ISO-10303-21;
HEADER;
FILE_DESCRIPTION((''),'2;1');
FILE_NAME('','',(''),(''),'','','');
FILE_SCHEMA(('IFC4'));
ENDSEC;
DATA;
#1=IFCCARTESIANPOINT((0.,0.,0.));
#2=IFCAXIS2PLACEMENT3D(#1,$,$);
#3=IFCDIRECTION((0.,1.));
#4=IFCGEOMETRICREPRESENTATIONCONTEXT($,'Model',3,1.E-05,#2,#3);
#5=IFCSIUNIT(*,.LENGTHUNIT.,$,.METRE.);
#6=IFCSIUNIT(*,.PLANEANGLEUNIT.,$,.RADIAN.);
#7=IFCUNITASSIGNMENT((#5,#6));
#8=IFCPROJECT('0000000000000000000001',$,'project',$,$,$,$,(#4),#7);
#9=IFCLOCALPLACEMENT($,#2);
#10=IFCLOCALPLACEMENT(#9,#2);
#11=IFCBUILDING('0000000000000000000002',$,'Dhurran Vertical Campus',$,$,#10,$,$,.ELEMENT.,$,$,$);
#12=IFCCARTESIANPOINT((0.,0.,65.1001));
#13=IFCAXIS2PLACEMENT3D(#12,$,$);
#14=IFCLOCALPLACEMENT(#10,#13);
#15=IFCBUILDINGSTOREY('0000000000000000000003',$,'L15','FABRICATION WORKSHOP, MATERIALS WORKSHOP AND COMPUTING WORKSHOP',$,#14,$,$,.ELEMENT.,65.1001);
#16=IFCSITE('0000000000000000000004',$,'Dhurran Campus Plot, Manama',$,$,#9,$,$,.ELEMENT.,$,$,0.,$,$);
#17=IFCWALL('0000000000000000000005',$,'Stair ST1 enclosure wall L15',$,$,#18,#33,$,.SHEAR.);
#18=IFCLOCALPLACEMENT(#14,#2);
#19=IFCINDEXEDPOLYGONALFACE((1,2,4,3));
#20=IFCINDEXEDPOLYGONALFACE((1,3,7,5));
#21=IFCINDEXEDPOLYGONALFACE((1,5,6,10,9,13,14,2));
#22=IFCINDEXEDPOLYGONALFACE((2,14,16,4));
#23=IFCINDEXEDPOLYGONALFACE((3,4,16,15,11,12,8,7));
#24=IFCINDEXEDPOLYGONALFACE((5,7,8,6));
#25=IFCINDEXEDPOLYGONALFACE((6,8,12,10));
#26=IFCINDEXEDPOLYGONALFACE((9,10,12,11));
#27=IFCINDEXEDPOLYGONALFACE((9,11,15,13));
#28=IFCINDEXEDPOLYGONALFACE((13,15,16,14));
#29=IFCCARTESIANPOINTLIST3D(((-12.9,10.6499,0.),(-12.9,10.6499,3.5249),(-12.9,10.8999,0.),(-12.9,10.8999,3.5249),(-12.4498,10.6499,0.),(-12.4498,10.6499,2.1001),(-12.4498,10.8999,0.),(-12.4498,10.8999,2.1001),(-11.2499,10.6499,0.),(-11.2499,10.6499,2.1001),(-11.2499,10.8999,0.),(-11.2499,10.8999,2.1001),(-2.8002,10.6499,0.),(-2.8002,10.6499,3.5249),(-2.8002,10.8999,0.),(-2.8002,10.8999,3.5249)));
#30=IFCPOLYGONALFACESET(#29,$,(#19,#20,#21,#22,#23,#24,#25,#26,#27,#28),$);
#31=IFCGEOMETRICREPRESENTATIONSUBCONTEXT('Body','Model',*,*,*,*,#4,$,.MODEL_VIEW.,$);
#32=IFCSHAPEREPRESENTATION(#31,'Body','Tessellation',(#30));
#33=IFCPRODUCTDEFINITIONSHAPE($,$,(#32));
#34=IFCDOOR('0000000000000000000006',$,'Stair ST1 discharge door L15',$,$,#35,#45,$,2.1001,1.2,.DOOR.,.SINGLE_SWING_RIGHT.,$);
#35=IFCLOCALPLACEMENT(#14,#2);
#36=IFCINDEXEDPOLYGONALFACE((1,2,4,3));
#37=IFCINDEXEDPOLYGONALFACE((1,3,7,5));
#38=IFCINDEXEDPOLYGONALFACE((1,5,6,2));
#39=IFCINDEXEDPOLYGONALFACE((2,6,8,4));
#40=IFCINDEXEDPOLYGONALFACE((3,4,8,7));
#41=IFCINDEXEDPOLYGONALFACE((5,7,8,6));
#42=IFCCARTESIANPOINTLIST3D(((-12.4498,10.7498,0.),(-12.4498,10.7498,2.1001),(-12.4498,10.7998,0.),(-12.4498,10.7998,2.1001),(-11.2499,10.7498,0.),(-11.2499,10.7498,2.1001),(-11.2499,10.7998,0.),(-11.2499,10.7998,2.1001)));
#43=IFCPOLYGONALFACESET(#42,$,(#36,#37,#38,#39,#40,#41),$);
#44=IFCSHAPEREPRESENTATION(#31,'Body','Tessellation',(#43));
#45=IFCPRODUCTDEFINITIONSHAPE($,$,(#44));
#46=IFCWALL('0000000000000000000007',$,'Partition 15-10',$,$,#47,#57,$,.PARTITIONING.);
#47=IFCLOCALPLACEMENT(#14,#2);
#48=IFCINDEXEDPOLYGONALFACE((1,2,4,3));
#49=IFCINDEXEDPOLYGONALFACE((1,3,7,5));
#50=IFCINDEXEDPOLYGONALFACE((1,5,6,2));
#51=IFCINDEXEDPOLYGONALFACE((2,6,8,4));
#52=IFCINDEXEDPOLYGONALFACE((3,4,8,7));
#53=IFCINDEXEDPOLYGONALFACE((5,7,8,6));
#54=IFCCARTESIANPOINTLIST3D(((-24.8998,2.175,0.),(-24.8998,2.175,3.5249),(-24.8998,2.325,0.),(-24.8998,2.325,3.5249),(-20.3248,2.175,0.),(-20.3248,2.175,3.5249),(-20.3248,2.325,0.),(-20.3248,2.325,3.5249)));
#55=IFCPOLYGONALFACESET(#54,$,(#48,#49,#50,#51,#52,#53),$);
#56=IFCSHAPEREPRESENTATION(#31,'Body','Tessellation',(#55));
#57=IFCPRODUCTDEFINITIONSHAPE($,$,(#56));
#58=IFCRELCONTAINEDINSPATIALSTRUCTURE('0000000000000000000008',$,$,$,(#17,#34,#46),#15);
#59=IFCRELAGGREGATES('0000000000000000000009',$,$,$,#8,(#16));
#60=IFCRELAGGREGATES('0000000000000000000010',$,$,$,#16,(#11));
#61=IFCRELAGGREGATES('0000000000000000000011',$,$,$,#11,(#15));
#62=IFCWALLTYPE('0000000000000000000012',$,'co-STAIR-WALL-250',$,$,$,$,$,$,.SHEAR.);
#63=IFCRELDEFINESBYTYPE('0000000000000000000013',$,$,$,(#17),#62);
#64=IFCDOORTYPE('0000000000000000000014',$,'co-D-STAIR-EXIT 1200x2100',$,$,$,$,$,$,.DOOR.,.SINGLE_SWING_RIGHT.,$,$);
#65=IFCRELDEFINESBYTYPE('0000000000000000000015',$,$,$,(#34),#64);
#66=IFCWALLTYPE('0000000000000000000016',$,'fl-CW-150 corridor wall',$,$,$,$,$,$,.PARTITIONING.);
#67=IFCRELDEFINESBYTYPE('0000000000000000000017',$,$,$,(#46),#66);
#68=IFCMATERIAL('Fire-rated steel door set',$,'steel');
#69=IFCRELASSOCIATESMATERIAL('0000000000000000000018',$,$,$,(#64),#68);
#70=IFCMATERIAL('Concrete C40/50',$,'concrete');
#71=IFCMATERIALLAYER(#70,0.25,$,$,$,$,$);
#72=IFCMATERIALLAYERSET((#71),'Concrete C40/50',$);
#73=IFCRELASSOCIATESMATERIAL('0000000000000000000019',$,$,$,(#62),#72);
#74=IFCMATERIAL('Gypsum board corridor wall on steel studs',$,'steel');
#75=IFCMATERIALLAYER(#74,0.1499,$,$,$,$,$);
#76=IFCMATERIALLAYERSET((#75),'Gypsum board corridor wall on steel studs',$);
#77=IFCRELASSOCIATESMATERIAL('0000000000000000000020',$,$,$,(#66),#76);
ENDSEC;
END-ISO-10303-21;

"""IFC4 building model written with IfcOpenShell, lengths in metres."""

from ifc_helpers import new_model, si_unit, direction, frame, frame_2d, origin, place, context, subcontext, project, spatial, rectangle, extrude, material, layer, layer_set, type_object, element, fill, save


model = new_model("IFC4")

# Units and contexts
model_context = context("Model", 3, precision=1e-05, world=origin(), true_north=direction((0.0, 1.0)))
body_context = subcontext(model_context, "Body", "Model", "MODEL_VIEW")
ifc_project = project(units=[si_unit("LENGTHUNIT", "METRE"), si_unit("PLANEANGLEUNIT", "RADIAN")], contexts=[model_context])

# Site, building, storey
site_placement = place(None, origin())
site = spatial("IfcSite", under=ifc_project, at=site_placement, Name="Dhurran Campus Plot, Manama", CompositionType="ELEMENT", RefElevation=0.0)
building_placement = place(site_placement, origin())
building = spatial("IfcBuilding", under=site, at=building_placement, Name="Dhurran Vertical Campus", CompositionType="ELEMENT")
storey_placement = place(building_placement, frame((0.0, 0.0, 65.1001)))
storey = spatial("IfcBuildingStorey", under=building, at=storey_placement, Name="L15", Description="FABRICATION WORKSHOP, MATERIALS WORKSHOP AND COMPUTING WORKSHOP", CompositionType="ELEMENT", Elevation=65.1001)

# Shared definitions
ifc_material_1 = material(Name="Fire-rated steel door set", Category="steel")
door_type_1 = type_object("IfcDoorType", Name="co-D-STAIR-EXIT 1200x2100", OperationType="SINGLE_SWING_RIGHT", PredefinedType="DOOR", material=ifc_material_1)

# Wall, opening, door
ifc_material_2 = material(Name="Concrete C40/50", Category="concrete")
ifc_layer_1 = layer(ifc_material_2, 0.25)
ifc_layer_set_1 = layer_set([ifc_layer_1], Name="Concrete C40/50")
wall_type_1 = type_object("IfcWallType", Name="co-STAIR-WALL-250", PredefinedType="SHEAR", material=ifc_layer_set_1)
wall_1_placement = place(storey_placement, frame((-12.8999, 10.7749, 0.0), z_axis=(0.0, 0.0, 1.0), x_axis=(1.0, 0.0, 0.0)))
wall_1 = element("IfcWall", 1, at=wall_1_placement, inside=storey, type_object=wall_type_1, Name="Stair ST1 enclosure wall L15", PredefinedType="SHEAR", context=body_context, shape_type="SweptSolid", body=[
    extrude(rectangle(XDim=10.0999, YDim=0.25, at=frame_2d((5.0498, 0.0))), origin(), (0.0, 0.0, 1.0), 3.5249),
])
opening_1_placement = place(wall_1_placement, frame((0.45, 0.0, 0.0)))
opening_1 = element("IfcOpeningElement", 2, at=opening_1_placement, cuts=wall_1, PredefinedType="OPENING", context=body_context, shape_type="SweptSolid", body=[
    extrude(rectangle(XDim=1.2, YDim=2.1001, at=frame_2d((0.6001, 1.05))), frame((0.0, 0.135, 0.0), z_axis=(0.0, -1.0, 0.0), x_axis=(1.0, 0.0, 0.0)), (0.0, 0.0, 1.0), 0.27),
])
door_1_placement = place(opening_1_placement, origin())
door_1 = element("IfcDoor", 3, at=door_1_placement, inside=storey, type_object=door_type_1, Name="Stair ST1 discharge door L15", OperationType="SINGLE_SWING_RIGHT", OverallHeight=2.1001, OverallWidth=1.2, PredefinedType="DOOR", context=body_context, shape_type="SweptSolid", body=[
    extrude(rectangle(XDim=1.2, YDim=2.1001, at=frame_2d((0.6001, 1.05))), frame((0.0, 0.0249, 0.0), z_axis=(0.0, -1.0, 0.0), x_axis=(1.0, 0.0, 0.0)), (0.0, 0.0, 1.0), 0.05),
])
fill(opening_1, door_1)

# Wall
ifc_material_3 = material(Name="Gypsum board corridor wall on steel studs", Category="steel")
ifc_layer_2 = layer(ifc_material_3, 0.1499)
ifc_layer_set_2 = layer_set([ifc_layer_2], Name="Gypsum board corridor wall on steel studs")
wall_type_2 = type_object("IfcWallType", Name="fl-CW-150 corridor wall", PredefinedType="PARTITIONING", material=ifc_layer_set_2)
wall_2_placement = place(storey_placement, frame((-24.8999, 2.25, 0.0), z_axis=(0.0, 0.0, 1.0), x_axis=(1.0, 0.0, 0.0)))
element("IfcWall", 4, at=wall_2_placement, inside=storey, type_object=wall_type_2, Name="Partition 15-10", PredefinedType="PARTITIONING", context=body_context, shape_type="SweptSolid", body=[
    extrude(rectangle(XDim=4.575, YDim=0.1499, at=frame_2d((2.2876, 0.0))), origin(), (0.0, 0.0, 1.0), 3.5249),
])

save(model, "model.ifc")
